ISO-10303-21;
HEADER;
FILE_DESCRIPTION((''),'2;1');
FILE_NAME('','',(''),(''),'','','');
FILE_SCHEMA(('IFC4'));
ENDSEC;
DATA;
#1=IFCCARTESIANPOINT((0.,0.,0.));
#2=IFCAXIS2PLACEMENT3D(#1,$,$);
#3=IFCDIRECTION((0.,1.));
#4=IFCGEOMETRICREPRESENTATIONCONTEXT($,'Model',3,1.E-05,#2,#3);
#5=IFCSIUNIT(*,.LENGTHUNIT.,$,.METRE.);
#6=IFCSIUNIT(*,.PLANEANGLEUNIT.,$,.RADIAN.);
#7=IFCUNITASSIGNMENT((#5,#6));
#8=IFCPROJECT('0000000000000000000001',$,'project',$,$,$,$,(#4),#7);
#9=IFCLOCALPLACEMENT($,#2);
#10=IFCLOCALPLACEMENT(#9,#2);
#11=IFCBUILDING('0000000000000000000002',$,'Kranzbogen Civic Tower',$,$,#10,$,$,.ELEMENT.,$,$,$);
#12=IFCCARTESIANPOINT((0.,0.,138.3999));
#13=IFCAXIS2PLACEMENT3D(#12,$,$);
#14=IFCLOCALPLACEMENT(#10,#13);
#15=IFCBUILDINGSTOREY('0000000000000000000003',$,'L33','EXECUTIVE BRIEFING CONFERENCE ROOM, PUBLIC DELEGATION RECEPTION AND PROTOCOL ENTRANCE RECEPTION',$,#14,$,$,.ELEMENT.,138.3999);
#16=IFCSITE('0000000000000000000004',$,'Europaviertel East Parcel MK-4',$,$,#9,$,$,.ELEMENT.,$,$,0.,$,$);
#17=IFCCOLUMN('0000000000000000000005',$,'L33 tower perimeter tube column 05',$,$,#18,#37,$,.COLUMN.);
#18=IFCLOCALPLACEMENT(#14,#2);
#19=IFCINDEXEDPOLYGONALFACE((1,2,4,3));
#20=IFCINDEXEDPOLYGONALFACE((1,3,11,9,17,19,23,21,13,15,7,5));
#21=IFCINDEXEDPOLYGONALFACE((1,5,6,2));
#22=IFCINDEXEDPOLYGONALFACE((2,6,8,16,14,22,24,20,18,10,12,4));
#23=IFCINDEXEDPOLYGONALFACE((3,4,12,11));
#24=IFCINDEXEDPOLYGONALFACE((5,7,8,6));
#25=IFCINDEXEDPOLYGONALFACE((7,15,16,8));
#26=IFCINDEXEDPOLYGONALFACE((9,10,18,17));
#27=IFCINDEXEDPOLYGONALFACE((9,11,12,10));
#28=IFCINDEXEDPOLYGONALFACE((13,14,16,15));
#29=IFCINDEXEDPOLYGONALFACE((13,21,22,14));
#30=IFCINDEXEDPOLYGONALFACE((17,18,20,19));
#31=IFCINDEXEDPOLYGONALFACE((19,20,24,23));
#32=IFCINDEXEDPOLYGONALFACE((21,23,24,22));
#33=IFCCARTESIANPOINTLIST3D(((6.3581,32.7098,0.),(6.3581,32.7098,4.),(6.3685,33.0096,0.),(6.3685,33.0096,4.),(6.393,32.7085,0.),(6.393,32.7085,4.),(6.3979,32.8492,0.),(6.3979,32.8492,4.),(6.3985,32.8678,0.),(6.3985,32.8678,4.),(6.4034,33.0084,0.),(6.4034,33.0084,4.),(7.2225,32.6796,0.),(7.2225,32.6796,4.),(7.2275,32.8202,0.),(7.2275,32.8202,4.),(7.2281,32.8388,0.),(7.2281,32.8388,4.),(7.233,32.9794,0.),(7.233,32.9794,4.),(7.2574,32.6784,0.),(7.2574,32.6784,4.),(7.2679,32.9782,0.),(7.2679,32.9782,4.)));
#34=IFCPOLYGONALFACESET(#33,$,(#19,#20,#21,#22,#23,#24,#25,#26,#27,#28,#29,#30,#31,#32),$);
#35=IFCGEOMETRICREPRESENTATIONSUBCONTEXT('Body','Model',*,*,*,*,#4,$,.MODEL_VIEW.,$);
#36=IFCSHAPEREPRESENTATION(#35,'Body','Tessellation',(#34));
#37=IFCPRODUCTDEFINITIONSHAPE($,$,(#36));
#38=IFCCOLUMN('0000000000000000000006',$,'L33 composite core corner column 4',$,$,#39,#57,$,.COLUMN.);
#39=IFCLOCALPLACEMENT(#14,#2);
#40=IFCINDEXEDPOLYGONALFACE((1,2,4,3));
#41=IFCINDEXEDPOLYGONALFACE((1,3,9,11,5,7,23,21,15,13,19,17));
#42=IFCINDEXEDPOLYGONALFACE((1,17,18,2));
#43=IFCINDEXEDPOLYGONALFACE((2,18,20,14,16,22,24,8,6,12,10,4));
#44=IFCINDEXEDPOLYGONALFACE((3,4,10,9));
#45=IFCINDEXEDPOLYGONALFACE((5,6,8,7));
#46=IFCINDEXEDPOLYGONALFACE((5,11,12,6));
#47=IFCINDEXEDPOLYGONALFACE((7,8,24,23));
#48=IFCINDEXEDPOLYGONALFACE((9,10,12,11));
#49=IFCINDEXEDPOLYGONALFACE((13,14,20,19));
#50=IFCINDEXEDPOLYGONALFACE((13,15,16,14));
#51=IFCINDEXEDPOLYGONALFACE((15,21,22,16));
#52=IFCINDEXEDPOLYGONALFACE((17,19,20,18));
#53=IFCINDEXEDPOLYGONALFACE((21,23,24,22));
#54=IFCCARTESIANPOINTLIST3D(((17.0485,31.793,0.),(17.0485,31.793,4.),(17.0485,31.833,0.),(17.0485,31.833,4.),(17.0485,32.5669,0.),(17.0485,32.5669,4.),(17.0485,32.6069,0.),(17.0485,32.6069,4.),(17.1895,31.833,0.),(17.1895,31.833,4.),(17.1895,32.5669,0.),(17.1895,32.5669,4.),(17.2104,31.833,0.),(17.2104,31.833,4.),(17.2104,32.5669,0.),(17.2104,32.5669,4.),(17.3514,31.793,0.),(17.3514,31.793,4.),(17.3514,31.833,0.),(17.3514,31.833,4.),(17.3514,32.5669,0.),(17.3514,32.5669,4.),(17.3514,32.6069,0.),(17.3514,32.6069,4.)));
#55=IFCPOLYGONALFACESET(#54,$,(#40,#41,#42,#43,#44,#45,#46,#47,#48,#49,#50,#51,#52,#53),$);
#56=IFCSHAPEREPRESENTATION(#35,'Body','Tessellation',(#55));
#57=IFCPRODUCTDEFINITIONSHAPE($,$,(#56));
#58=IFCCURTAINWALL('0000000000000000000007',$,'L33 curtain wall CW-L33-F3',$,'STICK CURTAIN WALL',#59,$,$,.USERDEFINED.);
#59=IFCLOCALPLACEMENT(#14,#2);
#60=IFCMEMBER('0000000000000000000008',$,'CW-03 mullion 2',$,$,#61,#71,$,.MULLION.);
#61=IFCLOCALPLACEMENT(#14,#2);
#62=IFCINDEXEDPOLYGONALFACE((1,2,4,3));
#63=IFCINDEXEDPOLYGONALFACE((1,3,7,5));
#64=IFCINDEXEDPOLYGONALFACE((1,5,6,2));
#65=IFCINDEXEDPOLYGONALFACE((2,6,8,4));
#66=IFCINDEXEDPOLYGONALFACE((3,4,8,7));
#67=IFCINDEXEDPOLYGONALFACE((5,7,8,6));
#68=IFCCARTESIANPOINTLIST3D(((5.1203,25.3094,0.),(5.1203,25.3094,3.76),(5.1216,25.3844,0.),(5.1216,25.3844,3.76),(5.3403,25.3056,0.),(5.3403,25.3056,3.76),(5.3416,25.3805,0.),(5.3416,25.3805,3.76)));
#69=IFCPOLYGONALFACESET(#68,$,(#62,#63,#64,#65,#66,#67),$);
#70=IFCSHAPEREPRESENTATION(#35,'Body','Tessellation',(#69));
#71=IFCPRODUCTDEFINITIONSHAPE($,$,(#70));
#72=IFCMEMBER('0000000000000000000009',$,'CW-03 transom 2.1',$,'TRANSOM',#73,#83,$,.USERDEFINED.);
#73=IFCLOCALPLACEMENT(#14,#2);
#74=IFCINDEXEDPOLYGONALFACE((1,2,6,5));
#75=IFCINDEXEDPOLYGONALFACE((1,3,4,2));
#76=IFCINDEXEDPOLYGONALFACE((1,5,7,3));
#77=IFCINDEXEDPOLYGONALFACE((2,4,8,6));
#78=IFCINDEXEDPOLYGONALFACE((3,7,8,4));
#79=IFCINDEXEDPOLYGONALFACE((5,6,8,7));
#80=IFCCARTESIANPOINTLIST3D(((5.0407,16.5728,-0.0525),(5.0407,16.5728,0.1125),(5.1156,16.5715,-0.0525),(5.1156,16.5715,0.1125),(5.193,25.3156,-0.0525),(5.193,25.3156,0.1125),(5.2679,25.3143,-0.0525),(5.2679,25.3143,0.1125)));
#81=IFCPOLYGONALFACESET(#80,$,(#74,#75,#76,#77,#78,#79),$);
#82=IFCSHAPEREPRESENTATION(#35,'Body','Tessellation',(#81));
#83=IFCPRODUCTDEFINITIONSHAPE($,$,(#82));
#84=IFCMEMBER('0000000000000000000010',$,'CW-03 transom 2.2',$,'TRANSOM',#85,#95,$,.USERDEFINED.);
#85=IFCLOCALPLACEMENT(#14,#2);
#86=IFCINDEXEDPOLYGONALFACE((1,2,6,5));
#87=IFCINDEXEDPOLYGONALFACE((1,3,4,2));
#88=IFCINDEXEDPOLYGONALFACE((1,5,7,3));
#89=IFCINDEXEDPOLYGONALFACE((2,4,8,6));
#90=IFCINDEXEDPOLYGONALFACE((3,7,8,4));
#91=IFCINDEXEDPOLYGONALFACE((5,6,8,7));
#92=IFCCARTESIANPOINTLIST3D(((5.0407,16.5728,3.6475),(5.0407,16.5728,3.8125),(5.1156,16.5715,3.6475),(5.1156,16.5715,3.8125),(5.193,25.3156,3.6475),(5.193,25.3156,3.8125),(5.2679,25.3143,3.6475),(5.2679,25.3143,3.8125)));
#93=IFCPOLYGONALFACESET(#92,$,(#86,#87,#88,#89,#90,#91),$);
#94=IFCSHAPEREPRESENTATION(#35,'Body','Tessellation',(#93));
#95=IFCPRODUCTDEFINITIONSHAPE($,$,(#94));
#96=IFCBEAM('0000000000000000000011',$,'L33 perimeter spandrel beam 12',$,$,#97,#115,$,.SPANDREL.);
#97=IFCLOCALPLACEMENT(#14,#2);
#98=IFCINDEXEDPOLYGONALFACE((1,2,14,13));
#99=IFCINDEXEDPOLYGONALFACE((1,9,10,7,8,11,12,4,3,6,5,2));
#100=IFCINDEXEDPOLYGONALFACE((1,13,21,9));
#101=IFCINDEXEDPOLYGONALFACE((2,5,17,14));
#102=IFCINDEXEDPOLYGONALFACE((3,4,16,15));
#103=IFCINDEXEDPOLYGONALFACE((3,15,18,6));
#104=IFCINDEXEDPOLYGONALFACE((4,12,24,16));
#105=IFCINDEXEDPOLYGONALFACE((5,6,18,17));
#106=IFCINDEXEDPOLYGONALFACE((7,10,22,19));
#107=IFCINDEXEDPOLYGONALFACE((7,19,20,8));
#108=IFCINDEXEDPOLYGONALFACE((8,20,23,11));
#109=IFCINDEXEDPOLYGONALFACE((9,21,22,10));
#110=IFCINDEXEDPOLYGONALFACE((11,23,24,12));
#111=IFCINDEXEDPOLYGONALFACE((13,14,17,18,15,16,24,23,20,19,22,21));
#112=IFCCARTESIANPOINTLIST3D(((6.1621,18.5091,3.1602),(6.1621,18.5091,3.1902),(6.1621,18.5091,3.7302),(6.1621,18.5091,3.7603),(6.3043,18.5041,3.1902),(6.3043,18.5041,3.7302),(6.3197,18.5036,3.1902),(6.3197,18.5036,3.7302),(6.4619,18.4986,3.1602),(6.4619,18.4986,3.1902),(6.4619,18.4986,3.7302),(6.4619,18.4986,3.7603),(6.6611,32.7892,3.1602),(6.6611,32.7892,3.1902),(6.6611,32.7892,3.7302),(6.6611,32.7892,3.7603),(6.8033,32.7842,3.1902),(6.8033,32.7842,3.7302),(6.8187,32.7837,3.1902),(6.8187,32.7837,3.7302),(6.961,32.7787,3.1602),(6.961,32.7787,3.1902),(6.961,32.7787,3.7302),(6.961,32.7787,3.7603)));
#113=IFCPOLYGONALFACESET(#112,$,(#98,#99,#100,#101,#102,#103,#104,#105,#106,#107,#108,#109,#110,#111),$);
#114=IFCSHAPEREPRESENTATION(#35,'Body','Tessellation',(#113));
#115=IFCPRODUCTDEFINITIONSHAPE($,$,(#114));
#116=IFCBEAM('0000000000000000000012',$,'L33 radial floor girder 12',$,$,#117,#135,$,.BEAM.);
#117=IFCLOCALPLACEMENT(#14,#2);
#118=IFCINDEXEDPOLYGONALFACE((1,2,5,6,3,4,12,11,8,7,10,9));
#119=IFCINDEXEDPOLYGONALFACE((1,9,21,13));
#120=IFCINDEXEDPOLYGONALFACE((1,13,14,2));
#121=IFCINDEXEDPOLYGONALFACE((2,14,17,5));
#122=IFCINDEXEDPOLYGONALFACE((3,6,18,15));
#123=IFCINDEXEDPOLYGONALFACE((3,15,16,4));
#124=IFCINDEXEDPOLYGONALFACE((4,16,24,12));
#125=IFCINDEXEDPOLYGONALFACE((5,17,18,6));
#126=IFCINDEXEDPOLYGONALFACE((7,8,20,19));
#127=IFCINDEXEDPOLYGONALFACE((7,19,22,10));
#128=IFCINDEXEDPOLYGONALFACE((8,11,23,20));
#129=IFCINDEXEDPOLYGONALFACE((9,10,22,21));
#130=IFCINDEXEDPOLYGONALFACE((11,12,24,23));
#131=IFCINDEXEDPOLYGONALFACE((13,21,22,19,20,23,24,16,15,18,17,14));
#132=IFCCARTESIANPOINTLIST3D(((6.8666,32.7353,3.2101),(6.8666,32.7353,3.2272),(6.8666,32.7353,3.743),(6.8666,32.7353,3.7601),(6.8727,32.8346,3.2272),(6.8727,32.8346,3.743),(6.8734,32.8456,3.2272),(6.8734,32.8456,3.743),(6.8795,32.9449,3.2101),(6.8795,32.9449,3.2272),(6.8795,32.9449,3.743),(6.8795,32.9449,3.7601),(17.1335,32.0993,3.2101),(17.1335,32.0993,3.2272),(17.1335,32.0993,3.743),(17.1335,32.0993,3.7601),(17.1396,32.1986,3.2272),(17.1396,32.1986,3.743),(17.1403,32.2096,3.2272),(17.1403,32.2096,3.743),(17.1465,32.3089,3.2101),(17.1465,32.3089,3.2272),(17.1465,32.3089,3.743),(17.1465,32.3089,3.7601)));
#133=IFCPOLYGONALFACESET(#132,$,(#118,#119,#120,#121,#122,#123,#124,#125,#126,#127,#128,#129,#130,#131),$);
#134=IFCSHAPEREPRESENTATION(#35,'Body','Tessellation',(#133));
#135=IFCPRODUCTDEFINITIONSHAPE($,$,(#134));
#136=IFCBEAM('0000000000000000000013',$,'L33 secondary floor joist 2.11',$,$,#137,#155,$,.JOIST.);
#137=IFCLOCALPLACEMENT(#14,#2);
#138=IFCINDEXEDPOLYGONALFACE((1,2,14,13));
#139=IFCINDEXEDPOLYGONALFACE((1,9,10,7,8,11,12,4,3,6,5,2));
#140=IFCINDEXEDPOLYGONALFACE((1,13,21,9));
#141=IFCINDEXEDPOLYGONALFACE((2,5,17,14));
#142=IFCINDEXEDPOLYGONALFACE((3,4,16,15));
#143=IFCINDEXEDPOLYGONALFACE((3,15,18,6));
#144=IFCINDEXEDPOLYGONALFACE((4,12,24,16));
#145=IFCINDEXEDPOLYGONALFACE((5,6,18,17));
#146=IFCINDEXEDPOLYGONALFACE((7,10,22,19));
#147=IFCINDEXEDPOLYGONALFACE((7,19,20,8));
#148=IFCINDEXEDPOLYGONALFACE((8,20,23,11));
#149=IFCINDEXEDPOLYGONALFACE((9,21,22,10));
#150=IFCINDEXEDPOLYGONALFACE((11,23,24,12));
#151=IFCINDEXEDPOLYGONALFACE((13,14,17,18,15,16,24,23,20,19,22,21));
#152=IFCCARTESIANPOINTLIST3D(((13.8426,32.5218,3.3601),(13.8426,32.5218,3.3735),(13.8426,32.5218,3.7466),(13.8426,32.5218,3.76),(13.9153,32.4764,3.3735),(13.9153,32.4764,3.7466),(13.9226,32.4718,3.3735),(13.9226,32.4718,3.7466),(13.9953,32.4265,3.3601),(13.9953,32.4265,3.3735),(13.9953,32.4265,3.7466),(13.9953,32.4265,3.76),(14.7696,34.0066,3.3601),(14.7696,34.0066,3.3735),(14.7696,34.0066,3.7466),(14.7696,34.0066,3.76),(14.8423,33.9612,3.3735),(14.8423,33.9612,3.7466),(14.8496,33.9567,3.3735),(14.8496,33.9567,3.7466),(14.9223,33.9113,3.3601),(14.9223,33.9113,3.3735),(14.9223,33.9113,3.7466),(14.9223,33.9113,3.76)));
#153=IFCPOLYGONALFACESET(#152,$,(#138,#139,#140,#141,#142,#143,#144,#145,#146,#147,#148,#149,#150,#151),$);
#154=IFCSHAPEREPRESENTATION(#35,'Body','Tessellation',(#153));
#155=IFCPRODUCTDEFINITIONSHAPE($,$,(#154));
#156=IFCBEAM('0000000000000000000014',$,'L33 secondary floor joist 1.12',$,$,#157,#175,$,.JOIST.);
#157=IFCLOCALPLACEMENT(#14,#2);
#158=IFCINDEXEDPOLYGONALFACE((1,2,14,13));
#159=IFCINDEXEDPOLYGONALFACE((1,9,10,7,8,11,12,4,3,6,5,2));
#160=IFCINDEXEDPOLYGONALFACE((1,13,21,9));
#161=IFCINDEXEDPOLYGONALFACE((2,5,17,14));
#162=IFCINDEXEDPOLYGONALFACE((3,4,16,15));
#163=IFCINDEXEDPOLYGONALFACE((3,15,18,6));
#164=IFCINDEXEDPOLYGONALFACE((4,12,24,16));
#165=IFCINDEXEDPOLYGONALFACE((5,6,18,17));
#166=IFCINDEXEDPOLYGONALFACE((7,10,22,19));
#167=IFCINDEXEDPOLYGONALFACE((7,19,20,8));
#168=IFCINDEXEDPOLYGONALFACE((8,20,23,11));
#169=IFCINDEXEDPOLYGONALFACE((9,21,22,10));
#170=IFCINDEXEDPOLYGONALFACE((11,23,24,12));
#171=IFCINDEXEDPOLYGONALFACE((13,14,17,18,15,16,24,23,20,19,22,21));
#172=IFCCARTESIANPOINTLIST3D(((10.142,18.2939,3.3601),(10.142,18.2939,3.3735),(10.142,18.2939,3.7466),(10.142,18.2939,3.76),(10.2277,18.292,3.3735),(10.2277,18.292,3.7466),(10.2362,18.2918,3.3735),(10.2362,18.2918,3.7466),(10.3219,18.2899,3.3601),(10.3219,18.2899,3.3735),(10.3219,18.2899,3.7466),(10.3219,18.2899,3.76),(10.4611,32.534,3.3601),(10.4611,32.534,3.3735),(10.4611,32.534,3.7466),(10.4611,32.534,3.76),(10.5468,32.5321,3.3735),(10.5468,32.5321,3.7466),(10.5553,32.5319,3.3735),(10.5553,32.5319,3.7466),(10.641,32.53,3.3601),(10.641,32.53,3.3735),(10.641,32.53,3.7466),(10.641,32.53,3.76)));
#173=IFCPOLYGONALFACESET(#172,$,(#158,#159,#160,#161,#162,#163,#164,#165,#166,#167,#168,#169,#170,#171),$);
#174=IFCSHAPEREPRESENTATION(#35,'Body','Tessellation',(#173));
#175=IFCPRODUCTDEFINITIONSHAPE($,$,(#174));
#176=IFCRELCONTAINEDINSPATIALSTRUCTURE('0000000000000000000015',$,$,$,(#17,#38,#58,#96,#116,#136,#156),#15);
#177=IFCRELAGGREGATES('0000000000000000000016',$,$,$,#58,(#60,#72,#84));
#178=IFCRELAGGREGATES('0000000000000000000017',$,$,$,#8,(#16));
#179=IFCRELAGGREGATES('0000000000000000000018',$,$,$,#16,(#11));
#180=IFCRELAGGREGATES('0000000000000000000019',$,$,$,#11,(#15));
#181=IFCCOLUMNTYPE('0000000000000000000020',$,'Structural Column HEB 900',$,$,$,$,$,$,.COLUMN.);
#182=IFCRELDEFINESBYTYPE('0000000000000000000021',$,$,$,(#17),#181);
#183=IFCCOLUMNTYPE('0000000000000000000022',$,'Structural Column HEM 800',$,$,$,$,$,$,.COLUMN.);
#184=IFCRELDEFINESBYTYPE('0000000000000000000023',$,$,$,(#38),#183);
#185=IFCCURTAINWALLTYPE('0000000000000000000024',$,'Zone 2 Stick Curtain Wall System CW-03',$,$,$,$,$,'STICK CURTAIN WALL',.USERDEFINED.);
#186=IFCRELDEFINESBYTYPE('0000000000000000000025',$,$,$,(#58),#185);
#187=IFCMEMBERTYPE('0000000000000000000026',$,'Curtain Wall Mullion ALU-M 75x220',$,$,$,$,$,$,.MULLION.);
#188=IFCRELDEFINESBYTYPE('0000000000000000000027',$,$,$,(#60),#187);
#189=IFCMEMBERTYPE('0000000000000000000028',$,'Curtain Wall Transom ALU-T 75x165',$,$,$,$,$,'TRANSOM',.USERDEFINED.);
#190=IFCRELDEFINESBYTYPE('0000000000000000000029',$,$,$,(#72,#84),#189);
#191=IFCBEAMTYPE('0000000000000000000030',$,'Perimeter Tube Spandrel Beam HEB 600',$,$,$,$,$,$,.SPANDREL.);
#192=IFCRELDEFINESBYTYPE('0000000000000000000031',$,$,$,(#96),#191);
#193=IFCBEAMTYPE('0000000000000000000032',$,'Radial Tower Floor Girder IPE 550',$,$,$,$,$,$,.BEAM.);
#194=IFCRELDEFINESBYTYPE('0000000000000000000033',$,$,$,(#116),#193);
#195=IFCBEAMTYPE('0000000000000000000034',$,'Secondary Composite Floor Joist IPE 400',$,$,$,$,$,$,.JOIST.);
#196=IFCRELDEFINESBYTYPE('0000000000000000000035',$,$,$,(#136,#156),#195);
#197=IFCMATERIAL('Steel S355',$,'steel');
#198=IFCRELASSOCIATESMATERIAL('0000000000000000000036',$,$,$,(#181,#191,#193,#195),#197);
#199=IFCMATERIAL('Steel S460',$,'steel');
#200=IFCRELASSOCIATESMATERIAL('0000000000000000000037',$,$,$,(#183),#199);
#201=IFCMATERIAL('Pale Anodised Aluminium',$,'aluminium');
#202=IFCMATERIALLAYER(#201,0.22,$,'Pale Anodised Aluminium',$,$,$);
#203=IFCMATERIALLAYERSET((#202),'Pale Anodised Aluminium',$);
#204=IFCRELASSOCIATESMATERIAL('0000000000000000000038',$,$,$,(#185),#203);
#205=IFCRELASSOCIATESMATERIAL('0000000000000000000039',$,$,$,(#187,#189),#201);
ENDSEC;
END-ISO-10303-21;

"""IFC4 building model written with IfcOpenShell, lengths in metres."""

from ifc_helpers import new_model, si_unit, direction, frame, origin, origin_2d, place, context, subcontext, project, spatial, rectangle, i_section, extrude, material, layer, layer_set, material_profile, profile_set, type_object, element, aggregate, save


model = new_model("IFC4")

# Units and contexts
model_context = context("Model", 3, precision=1e-05, world=origin(), true_north=direction((0.0, 1.0)))
body_context = subcontext(model_context, "Body", "Model", "MODEL_VIEW")
ifc_project = project(units=[si_unit("LENGTHUNIT", "METRE"), si_unit("PLANEANGLEUNIT", "RADIAN")], contexts=[model_context])

# Site, building, storey
site_placement = place(None, origin())
site = spatial("IfcSite", under=ifc_project, at=site_placement, Name="Europaviertel East Parcel MK-4", CompositionType="ELEMENT", RefElevation=0.0)
building_placement = place(site_placement, origin())
building = spatial("IfcBuilding", under=site, at=building_placement, Name="Kranzbogen Civic Tower", CompositionType="ELEMENT")
storey_placement = place(building_placement, frame((0.0, 0.0, 138.3999)))
storey = spatial("IfcBuildingStorey", under=building, at=storey_placement, Name="L33", Description="EXECUTIVE BRIEFING CONFERENCE ROOM, PUBLIC DELEGATION RECEPTION AND PROTOCOL ENTRANCE RECEPTION", CompositionType="ELEMENT", Elevation=138.3999)

# Columns
ifc_material_1 = material(Name="Steel S355", Category="steel")
ifc_material_profile_1 = material_profile(ifc_material_1, i_section(OverallWidth=0.3, OverallDepth=0.8999, WebThickness=0.0186, FlangeThickness=0.0349, at=origin_2d()), Name="HEB 900")
ifc_profile_set_1 = profile_set([ifc_material_profile_1], Name="Steel S355")
column_type_1 = type_object("IfcColumnType", Name="Structural Column HEB 900", PredefinedType="COLUMN", material=ifc_profile_set_1)
column_1_placement = place(storey_placement, frame((6.813, 32.844, 0.0), z_axis=(0.0, 0.0, 1.0), x_axis=(0.034899, 0.999391, 0.0)))
element("IfcColumn", 1, at=column_1_placement, inside=storey, type_object=column_type_1, Name="L33 tower perimeter tube column 05", PredefinedType="COLUMN", context=body_context, shape_type="SweptSolid", body=[
    extrude(i_section(OverallWidth=0.3, OverallDepth=0.8999, WebThickness=0.0186, FlangeThickness=0.0349, at=origin_2d()), origin(), (0.0, 0.0, 1.0), 4.0),
])
ifc_material_2 = material(Name="Steel S460", Category="steel")
ifc_material_profile_2 = material_profile(ifc_material_2, i_section(OverallWidth=0.303, OverallDepth=0.814, WebThickness=0.021, FlangeThickness=0.04, at=origin_2d()), Name="HEM 800")
ifc_profile_set_2 = profile_set([ifc_material_profile_2], Name="Steel S460")
column_type_2 = type_object("IfcColumnType", Name="Structural Column HEM 800", PredefinedType="COLUMN", material=ifc_profile_set_2)
column_2_placement = place(storey_placement, frame((17.2, 32.2, 0.0), z_axis=(0.0, 0.0, 1.0), x_axis=(1.0, 0.0, 0.0)))
element("IfcColumn", 2, at=column_2_placement, inside=storey, type_object=column_type_2, Name="L33 composite core corner column 4", PredefinedType="COLUMN", context=body_context, shape_type="SweptSolid", body=[
    extrude(i_section(OverallWidth=0.303, OverallDepth=0.814, WebThickness=0.021, FlangeThickness=0.04, at=origin_2d()), origin(), (0.0, 0.0, 1.0), 4.0),
])

# Curtain wall, members
ifc_material_3 = material(Name="Pale Anodised Aluminium", Category="aluminium")
ifc_layer_1 = layer(ifc_material_3, 0.22, Name="Pale Anodised Aluminium")
ifc_layer_set_1 = layer_set([ifc_layer_1], Name="Pale Anodised Aluminium")
curtain_wall_type = type_object("IfcCurtainWallType", Name="Zone 2 Stick Curtain Wall System CW-03", ElementType="STICK CURTAIN WALL", PredefinedType="USERDEFINED", material=ifc_layer_set_1)
curtain_wall_placement = place(storey_placement, origin())
curtain_wall = element("IfcCurtainWall", 3, at=curtain_wall_placement, inside=storey, type_object=curtain_wall_type, Name="L33 curtain wall CW-L33-F3", ObjectType="STICK CURTAIN WALL", PredefinedType="USERDEFINED")
ifc_material_profile_3 = material_profile(ifc_material_3, rectangle(XDim=0.075, YDim=0.22, at=origin_2d()), Name="ALU-M 75x220")
ifc_profile_set_3 = profile_set([ifc_material_profile_3], Name="Pale Anodised Aluminium")
member_type_1 = type_object("IfcMemberType", Name="Curtain Wall Mullion ALU-M 75x220", PredefinedType="MULLION", material=ifc_profile_set_3)
member_1_placement = place(storey_placement, frame((5.231, 25.345, 0.0), z_axis=(0.0, 0.0, 1.0), x_axis=(-0.017432, -0.999848, 0.0)))
member_1 = element("IfcMember", 4, at=member_1_placement, type_object=member_type_1, Name="CW-03 mullion 2", PredefinedType="MULLION", context=body_context, shape_type="SweptSolid", body=[
    extrude(rectangle(XDim=0.075, YDim=0.22, at=origin_2d()), origin(), (0.0, 0.0, 1.0), 3.76),
])
ifc_material_profile_4 = material_profile(ifc_material_3, rectangle(XDim=0.075, YDim=0.165, at=origin_2d()), Name="ALU-T 75x165")
ifc_profile_set_4 = profile_set([ifc_material_profile_4], Name="Pale Anodised Aluminium")
member_type_2 = type_object("IfcMemberType", Name="Curtain Wall Transom ALU-T 75x165", ElementType="TRANSOM", PredefinedType="USERDEFINED", material=ifc_profile_set_4)
member_2_placement = place(storey_placement, frame((5.2305, 25.3149, 0.03), z_axis=(-0.017422, -0.999848, 0.0), x_axis=(0.999848, -0.017422, 0.0)))
member_2 = element("IfcMember", 5, at=member_2_placement, type_object=member_type_2, Name="CW-03 transom 2.1", ObjectType="TRANSOM", PredefinedType="USERDEFINED", context=body_context, shape_type="SweptSolid", body=[
    extrude(rectangle(XDim=0.075, YDim=0.165, at=origin_2d()), origin(), (0.0, 0.0, 1.0), 8.7441),
])
member_3_placement = place(storey_placement, frame((5.2305, 25.3149, 3.73), z_axis=(-0.017422, -0.999848, 0.0), x_axis=(0.999848, -0.017422, 0.0)))
member_3 = element("IfcMember", 6, at=member_3_placement, type_object=member_type_2, Name="CW-03 transom 2.2", ObjectType="TRANSOM", PredefinedType="USERDEFINED", context=body_context, shape_type="SweptSolid", body=[
    extrude(rectangle(XDim=0.075, YDim=0.165, at=origin_2d()), origin(), (0.0, 0.0, 1.0), 8.7441),
])

# Beams
ifc_material_profile_5 = material_profile(ifc_material_1, i_section(OverallWidth=0.3, OverallDepth=0.6001, WebThickness=0.0154, FlangeThickness=0.03, at=origin_2d()), Name="HEB 600")
ifc_profile_set_5 = profile_set([ifc_material_profile_5], Name="Steel S355")
beam_type_1 = type_object("IfcBeamType", Name="Perimeter Tube Spandrel Beam HEB 600", PredefinedType="SPANDREL", material=ifc_profile_set_5)
beam_1_placement = place(storey_placement, frame((6.811, 32.7839, 3.4602), z_axis=(-0.034924, -0.99939, 0.0), x_axis=(0.99939, -0.034924, 0.0)))
element("IfcBeam", 7, at=beam_1_placement, inside=storey, type_object=beam_type_1, Name="L33 perimeter spandrel beam 12", PredefinedType="SPANDREL", context=body_context, shape_type="SweptSolid", body=[
    extrude(i_section(OverallWidth=0.3, OverallDepth=0.6001, WebThickness=0.0154, FlangeThickness=0.03, at=origin_2d()), origin(), (0.0, 0.0, 1.0), 14.2888),
])
ifc_material_profile_6 = material_profile(ifc_material_1, i_section(OverallWidth=0.21, OverallDepth=0.55, WebThickness=0.011, FlangeThickness=0.0171, at=origin_2d()), Name="IPE 550")
ifc_profile_set_6 = profile_set([ifc_material_profile_6], Name="Steel S355")
beam_type_2 = type_object("IfcBeamType", Name="Radial Tower Floor Girder IPE 550", PredefinedType="BEAM", material=ifc_profile_set_6)
beam_2_placement = place(storey_placement, frame((6.873, 32.8401, 3.4851), z_axis=(0.998087, -0.061827, 0.0), x_axis=(0.061827, 0.998087, 0.0)))
element("IfcBeam", 8, at=beam_2_placement, inside=storey, type_object=beam_type_2, Name="L33 radial floor girder 12", PredefinedType="BEAM", context=body_context, shape_type="SweptSolid", body=[
    extrude(i_section(OverallWidth=0.21, OverallDepth=0.55, WebThickness=0.011, FlangeThickness=0.0171, at=origin_2d()), origin(), (0.0, 0.0, 1.0), 10.2866),
])
ifc_material_profile_7 = material_profile(ifc_material_1, i_section(OverallWidth=0.1799, OverallDepth=0.3999, WebThickness=0.0085, FlangeThickness=0.0134, at=origin_2d()), Name="IPE 400")
ifc_profile_set_7 = profile_set([ifc_material_profile_7], Name="Steel S355")
beam_type_3 = type_object("IfcBeamType", Name="Secondary Composite Floor Joist IPE 400", PredefinedType="JOIST", material=ifc_profile_set_7)
beam_3_placement = place(storey_placement, frame((14.8459, 33.959, 3.5601), z_axis=(-0.529573, -0.848265, 0.0), x_axis=(0.848265, -0.529573, 0.0)))
element("IfcBeam", 9, at=beam_3_placement, inside=storey, type_object=beam_type_3, Name="L33 secondary floor joist 2.11", PredefinedType="JOIST", context=body_context, shape_type="SweptSolid", body=[
    extrude(i_section(OverallWidth=0.1799, OverallDepth=0.3999, WebThickness=0.0085, FlangeThickness=0.0134, at=origin_2d()), origin(), (0.0, 0.0, 1.0), 1.7505),
])
beam_4_placement = place(storey_placement, frame((10.551, 32.532, 3.5601), z_axis=(-0.022403, -0.999749, 0.0), x_axis=(0.999749, -0.022403, 0.0)))
element("IfcBeam", 10, at=beam_4_placement, inside=storey, type_object=beam_type_3, Name="L33 secondary floor joist 1.12", PredefinedType="JOIST", context=body_context, shape_type="SweptSolid", body=[
    extrude(i_section(OverallWidth=0.1799, OverallDepth=0.3999, WebThickness=0.0085, FlangeThickness=0.0134, at=origin_2d()), origin(), (0.0, 0.0, 1.0), 14.2437),
])

aggregate(curtain_wall, [member_1, member_2, member_3])

save(model, "model.ifc")
